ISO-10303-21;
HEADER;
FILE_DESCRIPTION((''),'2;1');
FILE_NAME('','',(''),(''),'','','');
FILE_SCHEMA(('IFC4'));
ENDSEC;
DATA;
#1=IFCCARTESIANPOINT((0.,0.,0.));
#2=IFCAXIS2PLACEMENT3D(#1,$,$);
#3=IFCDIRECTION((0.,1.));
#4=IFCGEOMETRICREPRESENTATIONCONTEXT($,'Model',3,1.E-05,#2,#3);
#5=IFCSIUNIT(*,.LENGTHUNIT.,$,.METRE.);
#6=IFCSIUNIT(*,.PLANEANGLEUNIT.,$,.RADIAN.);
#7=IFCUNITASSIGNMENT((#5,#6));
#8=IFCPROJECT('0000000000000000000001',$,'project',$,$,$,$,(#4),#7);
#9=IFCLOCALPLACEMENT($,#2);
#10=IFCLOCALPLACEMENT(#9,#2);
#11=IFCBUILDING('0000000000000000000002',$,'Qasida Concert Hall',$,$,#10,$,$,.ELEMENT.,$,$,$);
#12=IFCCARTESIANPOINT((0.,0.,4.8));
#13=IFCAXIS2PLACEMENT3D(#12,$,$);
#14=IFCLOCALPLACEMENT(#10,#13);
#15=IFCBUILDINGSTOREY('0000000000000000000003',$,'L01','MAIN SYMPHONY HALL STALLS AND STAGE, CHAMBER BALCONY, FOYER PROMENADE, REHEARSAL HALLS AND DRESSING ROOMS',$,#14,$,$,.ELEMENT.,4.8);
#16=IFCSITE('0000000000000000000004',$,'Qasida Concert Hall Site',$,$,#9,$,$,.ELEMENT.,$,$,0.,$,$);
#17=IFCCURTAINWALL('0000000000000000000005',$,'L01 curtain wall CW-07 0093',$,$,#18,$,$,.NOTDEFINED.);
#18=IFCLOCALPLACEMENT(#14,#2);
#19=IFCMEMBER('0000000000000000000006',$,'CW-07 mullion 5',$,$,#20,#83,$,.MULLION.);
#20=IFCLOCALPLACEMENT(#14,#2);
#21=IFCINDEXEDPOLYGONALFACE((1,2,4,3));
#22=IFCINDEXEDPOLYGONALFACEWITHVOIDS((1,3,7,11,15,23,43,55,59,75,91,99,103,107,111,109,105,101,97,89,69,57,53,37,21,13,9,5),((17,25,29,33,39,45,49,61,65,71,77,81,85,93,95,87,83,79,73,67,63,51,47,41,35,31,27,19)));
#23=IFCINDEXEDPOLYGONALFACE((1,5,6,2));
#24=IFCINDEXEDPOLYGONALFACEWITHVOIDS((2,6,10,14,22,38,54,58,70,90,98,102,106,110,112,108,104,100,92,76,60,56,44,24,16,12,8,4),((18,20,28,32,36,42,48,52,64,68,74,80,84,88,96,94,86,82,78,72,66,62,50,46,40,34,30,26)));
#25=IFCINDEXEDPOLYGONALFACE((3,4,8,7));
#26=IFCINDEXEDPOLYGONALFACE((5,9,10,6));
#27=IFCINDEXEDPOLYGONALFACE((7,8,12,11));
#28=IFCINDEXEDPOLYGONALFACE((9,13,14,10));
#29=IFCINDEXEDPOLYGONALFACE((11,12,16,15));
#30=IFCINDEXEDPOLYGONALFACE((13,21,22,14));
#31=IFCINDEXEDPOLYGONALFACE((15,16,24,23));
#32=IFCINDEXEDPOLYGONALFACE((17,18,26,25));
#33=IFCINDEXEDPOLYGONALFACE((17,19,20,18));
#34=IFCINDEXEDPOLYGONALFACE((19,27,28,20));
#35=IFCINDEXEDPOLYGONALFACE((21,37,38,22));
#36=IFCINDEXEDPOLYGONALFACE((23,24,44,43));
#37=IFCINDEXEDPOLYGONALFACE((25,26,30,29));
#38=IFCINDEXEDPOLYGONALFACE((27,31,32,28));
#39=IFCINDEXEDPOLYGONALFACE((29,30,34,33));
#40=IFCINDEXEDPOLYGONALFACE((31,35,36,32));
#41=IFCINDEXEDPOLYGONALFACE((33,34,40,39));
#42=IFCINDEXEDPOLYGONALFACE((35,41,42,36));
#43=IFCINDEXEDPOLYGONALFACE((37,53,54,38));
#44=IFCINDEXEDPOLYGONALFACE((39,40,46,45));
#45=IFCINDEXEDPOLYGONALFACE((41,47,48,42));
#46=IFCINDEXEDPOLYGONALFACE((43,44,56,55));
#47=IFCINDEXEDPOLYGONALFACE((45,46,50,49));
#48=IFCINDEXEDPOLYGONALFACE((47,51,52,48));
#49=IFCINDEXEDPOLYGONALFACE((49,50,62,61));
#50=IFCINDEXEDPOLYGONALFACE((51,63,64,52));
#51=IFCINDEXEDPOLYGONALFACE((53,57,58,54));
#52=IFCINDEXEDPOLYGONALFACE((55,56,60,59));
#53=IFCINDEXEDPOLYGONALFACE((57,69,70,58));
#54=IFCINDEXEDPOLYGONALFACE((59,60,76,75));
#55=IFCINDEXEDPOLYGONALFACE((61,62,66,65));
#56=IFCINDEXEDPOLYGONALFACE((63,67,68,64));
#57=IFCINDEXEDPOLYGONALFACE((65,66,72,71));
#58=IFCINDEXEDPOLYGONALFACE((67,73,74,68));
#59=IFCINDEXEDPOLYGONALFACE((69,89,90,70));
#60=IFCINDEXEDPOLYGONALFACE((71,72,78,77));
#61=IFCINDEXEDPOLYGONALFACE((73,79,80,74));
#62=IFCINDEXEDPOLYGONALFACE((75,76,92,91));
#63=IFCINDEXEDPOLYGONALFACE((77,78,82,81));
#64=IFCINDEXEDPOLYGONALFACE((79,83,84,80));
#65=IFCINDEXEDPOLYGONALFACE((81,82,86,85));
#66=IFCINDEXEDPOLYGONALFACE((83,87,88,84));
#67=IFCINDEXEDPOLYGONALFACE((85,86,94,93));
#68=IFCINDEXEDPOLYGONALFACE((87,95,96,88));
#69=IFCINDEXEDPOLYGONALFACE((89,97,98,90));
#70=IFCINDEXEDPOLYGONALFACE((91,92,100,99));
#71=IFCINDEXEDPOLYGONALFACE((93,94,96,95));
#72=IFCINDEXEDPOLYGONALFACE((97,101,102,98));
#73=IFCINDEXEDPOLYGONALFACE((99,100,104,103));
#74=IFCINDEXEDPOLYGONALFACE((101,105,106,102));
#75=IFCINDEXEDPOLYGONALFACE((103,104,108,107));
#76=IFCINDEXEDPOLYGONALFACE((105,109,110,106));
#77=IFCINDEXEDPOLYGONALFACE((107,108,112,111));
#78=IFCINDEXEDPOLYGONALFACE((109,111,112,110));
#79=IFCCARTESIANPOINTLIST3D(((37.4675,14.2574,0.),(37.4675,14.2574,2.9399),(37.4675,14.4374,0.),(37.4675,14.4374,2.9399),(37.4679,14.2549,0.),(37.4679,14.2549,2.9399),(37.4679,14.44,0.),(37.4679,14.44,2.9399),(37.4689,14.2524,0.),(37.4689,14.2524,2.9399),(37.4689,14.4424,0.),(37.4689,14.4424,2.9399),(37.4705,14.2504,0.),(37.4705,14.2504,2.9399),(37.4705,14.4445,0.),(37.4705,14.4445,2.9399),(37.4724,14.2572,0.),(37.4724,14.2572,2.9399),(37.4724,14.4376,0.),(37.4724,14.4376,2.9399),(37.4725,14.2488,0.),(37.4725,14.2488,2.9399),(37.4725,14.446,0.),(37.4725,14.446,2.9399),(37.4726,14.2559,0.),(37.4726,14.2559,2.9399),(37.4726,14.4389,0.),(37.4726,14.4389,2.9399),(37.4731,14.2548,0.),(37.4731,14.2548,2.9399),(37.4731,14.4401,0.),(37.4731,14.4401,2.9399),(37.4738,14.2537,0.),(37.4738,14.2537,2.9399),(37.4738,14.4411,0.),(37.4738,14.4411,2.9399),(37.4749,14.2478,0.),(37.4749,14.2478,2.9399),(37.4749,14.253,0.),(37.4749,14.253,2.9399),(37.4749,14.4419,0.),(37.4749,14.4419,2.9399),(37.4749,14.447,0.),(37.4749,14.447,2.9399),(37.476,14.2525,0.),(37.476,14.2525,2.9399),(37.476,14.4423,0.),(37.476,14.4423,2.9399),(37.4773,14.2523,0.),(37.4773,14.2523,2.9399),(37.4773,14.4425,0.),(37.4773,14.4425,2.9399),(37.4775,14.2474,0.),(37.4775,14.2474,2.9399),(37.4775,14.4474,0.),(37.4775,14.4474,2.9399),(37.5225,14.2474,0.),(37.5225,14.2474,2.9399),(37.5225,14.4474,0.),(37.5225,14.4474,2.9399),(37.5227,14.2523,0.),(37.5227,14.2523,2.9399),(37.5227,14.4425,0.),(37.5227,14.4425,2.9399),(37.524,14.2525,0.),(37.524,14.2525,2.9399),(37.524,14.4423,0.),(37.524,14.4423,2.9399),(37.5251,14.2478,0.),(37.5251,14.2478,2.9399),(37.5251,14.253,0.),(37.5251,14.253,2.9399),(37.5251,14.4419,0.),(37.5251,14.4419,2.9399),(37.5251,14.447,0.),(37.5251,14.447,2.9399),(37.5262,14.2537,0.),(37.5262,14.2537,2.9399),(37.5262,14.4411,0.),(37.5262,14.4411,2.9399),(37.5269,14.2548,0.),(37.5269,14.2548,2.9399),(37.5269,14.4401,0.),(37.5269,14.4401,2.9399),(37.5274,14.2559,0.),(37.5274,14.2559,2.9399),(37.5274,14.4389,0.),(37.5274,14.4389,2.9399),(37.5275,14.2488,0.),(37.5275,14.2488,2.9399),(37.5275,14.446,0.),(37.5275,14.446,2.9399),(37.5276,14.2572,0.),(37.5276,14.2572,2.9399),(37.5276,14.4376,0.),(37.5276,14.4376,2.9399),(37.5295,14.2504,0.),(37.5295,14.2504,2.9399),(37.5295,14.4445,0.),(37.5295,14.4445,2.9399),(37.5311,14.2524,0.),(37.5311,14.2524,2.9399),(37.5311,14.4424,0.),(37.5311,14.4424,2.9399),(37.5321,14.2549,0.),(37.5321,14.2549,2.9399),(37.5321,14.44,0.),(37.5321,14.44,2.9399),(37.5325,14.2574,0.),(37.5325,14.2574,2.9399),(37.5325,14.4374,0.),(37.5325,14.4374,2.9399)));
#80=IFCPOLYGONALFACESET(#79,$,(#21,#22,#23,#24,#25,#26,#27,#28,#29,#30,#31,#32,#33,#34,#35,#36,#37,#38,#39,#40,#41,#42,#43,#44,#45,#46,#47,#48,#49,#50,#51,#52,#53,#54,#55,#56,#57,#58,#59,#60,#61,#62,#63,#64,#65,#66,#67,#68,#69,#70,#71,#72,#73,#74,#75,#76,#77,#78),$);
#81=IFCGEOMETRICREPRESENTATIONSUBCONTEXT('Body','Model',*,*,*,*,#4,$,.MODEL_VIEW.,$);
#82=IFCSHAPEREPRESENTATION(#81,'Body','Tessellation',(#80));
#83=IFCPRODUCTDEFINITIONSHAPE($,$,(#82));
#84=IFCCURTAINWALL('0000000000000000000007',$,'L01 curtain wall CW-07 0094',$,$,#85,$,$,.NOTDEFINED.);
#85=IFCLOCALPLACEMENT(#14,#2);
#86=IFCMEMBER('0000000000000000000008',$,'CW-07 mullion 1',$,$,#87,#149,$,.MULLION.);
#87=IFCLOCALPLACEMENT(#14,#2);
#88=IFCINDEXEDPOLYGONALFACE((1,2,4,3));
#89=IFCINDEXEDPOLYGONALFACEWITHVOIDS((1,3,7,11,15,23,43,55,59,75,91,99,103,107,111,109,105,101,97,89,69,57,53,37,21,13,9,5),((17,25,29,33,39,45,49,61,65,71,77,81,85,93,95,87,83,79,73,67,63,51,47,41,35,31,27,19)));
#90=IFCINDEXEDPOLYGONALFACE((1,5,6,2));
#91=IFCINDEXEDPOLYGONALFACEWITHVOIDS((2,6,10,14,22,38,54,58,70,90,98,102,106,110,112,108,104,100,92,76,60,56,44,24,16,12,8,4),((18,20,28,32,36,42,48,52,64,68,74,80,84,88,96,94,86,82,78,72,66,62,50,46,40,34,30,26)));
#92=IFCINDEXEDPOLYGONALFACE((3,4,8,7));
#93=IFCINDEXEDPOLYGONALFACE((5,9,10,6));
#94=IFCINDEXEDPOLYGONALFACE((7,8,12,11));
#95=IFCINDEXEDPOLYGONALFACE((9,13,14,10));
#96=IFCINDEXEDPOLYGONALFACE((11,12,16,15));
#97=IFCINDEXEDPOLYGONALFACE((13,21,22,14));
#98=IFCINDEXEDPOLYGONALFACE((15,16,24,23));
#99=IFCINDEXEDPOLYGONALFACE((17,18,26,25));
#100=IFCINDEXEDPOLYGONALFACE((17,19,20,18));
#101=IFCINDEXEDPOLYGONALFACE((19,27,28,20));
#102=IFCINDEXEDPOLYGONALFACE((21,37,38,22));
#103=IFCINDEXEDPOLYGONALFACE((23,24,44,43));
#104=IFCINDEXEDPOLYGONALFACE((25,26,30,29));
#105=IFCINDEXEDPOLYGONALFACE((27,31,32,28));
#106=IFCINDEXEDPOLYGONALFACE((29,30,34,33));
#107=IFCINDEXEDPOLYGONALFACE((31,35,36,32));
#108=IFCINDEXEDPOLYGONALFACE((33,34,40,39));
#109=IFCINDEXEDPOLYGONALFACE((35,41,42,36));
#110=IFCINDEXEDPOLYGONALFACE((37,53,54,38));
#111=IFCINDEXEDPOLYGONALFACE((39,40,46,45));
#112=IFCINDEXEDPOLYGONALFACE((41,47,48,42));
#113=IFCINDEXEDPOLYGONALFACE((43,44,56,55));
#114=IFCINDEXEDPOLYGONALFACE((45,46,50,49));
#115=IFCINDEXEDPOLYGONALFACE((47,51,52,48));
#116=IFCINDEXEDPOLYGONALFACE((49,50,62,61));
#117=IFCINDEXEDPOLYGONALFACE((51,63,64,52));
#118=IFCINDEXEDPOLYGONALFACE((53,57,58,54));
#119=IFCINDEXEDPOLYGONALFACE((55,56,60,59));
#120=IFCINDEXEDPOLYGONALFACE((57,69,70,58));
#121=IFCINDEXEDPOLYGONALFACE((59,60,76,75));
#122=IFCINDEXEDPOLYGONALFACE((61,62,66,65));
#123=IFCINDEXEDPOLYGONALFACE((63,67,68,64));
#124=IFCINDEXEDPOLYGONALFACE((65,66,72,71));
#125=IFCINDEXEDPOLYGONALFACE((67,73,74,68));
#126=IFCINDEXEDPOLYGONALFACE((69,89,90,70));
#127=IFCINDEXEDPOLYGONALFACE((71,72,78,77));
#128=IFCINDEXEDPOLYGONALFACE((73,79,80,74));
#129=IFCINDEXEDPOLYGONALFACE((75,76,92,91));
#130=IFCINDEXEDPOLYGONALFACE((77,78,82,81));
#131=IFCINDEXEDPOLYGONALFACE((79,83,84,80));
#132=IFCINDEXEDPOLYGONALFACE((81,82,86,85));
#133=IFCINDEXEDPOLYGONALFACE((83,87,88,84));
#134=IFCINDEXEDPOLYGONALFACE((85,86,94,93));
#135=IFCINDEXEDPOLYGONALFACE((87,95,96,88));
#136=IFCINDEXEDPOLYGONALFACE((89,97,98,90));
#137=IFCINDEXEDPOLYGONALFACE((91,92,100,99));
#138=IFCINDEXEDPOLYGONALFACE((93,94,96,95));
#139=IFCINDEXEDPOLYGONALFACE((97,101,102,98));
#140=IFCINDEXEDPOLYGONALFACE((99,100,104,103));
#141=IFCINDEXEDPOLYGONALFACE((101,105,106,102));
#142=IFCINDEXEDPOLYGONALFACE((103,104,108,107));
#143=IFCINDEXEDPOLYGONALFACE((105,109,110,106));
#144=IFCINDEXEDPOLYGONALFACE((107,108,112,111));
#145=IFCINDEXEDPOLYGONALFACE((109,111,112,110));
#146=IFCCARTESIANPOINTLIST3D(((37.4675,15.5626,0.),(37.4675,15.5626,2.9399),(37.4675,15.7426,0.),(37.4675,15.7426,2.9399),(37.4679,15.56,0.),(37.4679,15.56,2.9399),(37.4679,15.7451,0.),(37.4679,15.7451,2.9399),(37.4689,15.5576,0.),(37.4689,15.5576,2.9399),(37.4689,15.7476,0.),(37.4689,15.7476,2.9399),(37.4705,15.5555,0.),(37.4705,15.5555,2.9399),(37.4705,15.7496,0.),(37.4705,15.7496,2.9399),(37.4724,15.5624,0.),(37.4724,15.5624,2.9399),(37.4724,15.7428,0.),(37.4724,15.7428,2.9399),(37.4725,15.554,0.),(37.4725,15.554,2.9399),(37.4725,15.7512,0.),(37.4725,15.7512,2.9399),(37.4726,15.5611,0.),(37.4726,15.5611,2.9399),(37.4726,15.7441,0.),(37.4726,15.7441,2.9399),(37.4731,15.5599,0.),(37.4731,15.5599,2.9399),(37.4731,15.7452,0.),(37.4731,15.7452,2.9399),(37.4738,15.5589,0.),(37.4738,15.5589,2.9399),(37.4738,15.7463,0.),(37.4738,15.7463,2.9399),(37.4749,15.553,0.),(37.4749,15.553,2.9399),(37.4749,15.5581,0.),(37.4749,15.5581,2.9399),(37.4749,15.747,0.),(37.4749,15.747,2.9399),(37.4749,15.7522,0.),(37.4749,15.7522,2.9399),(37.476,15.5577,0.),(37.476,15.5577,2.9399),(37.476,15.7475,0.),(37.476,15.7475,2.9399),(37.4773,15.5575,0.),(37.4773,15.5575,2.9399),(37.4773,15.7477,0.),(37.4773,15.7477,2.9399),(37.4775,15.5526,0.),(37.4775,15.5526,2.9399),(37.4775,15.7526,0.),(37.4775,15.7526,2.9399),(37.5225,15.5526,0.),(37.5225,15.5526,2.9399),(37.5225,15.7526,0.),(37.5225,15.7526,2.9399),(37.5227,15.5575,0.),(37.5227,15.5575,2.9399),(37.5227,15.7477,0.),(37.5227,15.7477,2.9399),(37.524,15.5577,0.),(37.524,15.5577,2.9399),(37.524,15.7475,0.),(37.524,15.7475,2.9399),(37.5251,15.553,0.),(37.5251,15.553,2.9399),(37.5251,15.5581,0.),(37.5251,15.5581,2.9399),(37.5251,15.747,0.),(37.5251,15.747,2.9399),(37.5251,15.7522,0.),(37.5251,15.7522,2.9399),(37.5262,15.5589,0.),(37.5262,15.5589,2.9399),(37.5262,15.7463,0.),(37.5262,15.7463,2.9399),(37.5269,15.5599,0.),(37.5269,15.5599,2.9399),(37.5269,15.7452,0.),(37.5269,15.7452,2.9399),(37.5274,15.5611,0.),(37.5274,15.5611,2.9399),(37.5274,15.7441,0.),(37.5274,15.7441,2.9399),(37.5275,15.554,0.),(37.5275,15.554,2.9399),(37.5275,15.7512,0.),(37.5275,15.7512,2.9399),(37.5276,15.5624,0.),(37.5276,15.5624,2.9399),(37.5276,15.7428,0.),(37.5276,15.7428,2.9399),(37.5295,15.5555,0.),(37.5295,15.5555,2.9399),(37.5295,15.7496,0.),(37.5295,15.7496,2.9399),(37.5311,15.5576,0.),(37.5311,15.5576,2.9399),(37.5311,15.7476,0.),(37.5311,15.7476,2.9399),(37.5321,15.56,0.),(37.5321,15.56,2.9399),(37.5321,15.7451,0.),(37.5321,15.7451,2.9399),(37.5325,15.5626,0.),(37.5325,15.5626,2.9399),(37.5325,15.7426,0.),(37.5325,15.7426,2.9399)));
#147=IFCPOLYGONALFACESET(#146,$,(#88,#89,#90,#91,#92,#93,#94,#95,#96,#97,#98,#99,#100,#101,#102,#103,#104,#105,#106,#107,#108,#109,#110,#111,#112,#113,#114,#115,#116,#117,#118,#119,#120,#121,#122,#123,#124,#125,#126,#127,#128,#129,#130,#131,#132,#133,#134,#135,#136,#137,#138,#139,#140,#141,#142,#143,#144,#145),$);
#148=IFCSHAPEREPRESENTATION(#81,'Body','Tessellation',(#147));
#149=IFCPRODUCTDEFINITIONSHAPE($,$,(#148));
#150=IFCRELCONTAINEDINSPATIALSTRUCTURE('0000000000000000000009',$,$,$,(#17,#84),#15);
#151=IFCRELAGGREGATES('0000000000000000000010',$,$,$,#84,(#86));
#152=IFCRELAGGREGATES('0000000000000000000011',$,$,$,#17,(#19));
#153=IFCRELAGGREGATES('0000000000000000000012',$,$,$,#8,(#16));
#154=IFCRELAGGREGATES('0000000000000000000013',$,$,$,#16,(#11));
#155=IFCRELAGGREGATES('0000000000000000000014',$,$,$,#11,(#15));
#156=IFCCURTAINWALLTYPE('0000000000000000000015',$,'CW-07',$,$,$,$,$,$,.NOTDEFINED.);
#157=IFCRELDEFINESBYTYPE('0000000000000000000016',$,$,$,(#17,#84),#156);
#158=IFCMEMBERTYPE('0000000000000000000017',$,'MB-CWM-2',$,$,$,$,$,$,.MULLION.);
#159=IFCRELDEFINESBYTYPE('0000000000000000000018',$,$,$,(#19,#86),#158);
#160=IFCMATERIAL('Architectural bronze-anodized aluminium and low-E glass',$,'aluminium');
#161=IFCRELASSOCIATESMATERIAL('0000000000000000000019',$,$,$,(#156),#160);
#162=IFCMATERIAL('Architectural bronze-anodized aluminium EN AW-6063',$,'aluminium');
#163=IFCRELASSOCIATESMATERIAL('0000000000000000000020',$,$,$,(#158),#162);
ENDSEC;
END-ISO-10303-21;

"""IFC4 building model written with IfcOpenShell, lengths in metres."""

from ifc_helpers import new_model, si_unit, direction, frame, origin, origin_2d, place, context, subcontext, project, spatial, hollow_rectangle, extrude, material, material_profile, profile_set, type_object, element, aggregate, save


model = new_model("IFC4")

# Units and contexts
model_context = context("Model", 3, precision=1e-05, world=origin(), true_north=direction((0.0, 1.0)))
body_context = subcontext(model_context, "Body", "Model", "MODEL_VIEW")
ifc_project = project(units=[si_unit("LENGTHUNIT", "METRE"), si_unit("PLANEANGLEUNIT", "RADIAN")], contexts=[model_context])

# Site, building, storey
site_placement = place(None, origin())
site = spatial("IfcSite", under=ifc_project, at=site_placement, Name="Qasida Concert Hall Site", CompositionType="ELEMENT", RefElevation=0.0)
building_placement = place(site_placement, origin())
building = spatial("IfcBuilding", under=site, at=building_placement, Name="Qasida Concert Hall", CompositionType="ELEMENT")
storey_placement = place(building_placement, frame((0.0, 0.0, 4.8)))
storey = spatial("IfcBuildingStorey", under=building, at=storey_placement, Name="L01", Description="MAIN SYMPHONY HALL STALLS AND STAGE, CHAMBER BALCONY, FOYER PROMENADE, REHEARSAL HALLS AND DRESSING ROOMS", CompositionType="ELEMENT", Elevation=4.8)

# Curtain wall, member
ifc_material_1 = material(Name="Architectural bronze-anodized aluminium and low-E glass", Category="aluminium")
curtain_wall_type = type_object("IfcCurtainWallType", Name="CW-07", PredefinedType="NOTDEFINED", material=ifc_material_1)
curtain_wall_1_placement = place(storey_placement, origin())
curtain_wall_1 = element("IfcCurtainWall", 1, at=curtain_wall_1_placement, inside=storey, type_object=curtain_wall_type, Name="L01 curtain wall CW-07 0093", PredefinedType="NOTDEFINED")
ifc_material_2 = material(Name="Architectural bronze-anodized aluminium EN AW-6063", Category="aluminium")
ifc_material_profile_1 = material_profile(ifc_material_2, hollow_rectangle(XDim=0.0649, YDim=0.2, WallThickness=0.0049, InnerFilletRadius=0.0049, OuterFilletRadius=0.01, at=origin_2d()), Name="CWM 200x65x5")
ifc_profile_set_1 = profile_set([ifc_material_profile_1], Name="Architectural bronze-anodized aluminium EN AW-6063")
member_type_1 = type_object("IfcMemberType", Name="MB-CWM-2", PredefinedType="MULLION", material=ifc_profile_set_1)
member_1_placement = place(storey_placement, frame((37.5, 14.3474, 0.0), z_axis=(0.0, 0.0, 1.0), x_axis=(-1.0, 0.0, 0.0)))
member_1 = element("IfcMember", 2, at=member_1_placement, type_object=member_type_1, Name="CW-07 mullion 5", PredefinedType="MULLION", context=body_context, shape_type="SweptSolid", body=[
    extrude(hollow_rectangle(XDim=0.0649, YDim=0.2, WallThickness=0.0049, InnerFilletRadius=0.0049, OuterFilletRadius=0.01, at=origin_2d()), origin(), (0.0, 0.0, 1.0), 2.9399),
])

# Curtain wall, member
curtain_wall_2_placement = place(storey_placement, origin())
curtain_wall_2 = element("IfcCurtainWall", 3, at=curtain_wall_2_placement, inside=storey, type_object=curtain_wall_type, Name="L01 curtain wall CW-07 0094", PredefinedType="NOTDEFINED")
member_2_placement = place(storey_placement, frame((37.5, 15.6526, 0.0), z_axis=(0.0, 0.0, 1.0), x_axis=(-1.0, 0.0, 0.0)))
member_2 = element("IfcMember", 4, at=member_2_placement, type_object=member_type_1, Name="CW-07 mullion 1", PredefinedType="MULLION", context=body_context, shape_type="SweptSolid", body=[
    extrude(hollow_rectangle(XDim=0.0649, YDim=0.2, WallThickness=0.0049, InnerFilletRadius=0.0049, OuterFilletRadius=0.01, at=origin_2d()), origin(), (0.0, 0.0, 1.0), 2.9399),
])

aggregate(curtain_wall_2, [member_2])

aggregate(curtain_wall_1, [member_1])

save(model, "model.ifc")
